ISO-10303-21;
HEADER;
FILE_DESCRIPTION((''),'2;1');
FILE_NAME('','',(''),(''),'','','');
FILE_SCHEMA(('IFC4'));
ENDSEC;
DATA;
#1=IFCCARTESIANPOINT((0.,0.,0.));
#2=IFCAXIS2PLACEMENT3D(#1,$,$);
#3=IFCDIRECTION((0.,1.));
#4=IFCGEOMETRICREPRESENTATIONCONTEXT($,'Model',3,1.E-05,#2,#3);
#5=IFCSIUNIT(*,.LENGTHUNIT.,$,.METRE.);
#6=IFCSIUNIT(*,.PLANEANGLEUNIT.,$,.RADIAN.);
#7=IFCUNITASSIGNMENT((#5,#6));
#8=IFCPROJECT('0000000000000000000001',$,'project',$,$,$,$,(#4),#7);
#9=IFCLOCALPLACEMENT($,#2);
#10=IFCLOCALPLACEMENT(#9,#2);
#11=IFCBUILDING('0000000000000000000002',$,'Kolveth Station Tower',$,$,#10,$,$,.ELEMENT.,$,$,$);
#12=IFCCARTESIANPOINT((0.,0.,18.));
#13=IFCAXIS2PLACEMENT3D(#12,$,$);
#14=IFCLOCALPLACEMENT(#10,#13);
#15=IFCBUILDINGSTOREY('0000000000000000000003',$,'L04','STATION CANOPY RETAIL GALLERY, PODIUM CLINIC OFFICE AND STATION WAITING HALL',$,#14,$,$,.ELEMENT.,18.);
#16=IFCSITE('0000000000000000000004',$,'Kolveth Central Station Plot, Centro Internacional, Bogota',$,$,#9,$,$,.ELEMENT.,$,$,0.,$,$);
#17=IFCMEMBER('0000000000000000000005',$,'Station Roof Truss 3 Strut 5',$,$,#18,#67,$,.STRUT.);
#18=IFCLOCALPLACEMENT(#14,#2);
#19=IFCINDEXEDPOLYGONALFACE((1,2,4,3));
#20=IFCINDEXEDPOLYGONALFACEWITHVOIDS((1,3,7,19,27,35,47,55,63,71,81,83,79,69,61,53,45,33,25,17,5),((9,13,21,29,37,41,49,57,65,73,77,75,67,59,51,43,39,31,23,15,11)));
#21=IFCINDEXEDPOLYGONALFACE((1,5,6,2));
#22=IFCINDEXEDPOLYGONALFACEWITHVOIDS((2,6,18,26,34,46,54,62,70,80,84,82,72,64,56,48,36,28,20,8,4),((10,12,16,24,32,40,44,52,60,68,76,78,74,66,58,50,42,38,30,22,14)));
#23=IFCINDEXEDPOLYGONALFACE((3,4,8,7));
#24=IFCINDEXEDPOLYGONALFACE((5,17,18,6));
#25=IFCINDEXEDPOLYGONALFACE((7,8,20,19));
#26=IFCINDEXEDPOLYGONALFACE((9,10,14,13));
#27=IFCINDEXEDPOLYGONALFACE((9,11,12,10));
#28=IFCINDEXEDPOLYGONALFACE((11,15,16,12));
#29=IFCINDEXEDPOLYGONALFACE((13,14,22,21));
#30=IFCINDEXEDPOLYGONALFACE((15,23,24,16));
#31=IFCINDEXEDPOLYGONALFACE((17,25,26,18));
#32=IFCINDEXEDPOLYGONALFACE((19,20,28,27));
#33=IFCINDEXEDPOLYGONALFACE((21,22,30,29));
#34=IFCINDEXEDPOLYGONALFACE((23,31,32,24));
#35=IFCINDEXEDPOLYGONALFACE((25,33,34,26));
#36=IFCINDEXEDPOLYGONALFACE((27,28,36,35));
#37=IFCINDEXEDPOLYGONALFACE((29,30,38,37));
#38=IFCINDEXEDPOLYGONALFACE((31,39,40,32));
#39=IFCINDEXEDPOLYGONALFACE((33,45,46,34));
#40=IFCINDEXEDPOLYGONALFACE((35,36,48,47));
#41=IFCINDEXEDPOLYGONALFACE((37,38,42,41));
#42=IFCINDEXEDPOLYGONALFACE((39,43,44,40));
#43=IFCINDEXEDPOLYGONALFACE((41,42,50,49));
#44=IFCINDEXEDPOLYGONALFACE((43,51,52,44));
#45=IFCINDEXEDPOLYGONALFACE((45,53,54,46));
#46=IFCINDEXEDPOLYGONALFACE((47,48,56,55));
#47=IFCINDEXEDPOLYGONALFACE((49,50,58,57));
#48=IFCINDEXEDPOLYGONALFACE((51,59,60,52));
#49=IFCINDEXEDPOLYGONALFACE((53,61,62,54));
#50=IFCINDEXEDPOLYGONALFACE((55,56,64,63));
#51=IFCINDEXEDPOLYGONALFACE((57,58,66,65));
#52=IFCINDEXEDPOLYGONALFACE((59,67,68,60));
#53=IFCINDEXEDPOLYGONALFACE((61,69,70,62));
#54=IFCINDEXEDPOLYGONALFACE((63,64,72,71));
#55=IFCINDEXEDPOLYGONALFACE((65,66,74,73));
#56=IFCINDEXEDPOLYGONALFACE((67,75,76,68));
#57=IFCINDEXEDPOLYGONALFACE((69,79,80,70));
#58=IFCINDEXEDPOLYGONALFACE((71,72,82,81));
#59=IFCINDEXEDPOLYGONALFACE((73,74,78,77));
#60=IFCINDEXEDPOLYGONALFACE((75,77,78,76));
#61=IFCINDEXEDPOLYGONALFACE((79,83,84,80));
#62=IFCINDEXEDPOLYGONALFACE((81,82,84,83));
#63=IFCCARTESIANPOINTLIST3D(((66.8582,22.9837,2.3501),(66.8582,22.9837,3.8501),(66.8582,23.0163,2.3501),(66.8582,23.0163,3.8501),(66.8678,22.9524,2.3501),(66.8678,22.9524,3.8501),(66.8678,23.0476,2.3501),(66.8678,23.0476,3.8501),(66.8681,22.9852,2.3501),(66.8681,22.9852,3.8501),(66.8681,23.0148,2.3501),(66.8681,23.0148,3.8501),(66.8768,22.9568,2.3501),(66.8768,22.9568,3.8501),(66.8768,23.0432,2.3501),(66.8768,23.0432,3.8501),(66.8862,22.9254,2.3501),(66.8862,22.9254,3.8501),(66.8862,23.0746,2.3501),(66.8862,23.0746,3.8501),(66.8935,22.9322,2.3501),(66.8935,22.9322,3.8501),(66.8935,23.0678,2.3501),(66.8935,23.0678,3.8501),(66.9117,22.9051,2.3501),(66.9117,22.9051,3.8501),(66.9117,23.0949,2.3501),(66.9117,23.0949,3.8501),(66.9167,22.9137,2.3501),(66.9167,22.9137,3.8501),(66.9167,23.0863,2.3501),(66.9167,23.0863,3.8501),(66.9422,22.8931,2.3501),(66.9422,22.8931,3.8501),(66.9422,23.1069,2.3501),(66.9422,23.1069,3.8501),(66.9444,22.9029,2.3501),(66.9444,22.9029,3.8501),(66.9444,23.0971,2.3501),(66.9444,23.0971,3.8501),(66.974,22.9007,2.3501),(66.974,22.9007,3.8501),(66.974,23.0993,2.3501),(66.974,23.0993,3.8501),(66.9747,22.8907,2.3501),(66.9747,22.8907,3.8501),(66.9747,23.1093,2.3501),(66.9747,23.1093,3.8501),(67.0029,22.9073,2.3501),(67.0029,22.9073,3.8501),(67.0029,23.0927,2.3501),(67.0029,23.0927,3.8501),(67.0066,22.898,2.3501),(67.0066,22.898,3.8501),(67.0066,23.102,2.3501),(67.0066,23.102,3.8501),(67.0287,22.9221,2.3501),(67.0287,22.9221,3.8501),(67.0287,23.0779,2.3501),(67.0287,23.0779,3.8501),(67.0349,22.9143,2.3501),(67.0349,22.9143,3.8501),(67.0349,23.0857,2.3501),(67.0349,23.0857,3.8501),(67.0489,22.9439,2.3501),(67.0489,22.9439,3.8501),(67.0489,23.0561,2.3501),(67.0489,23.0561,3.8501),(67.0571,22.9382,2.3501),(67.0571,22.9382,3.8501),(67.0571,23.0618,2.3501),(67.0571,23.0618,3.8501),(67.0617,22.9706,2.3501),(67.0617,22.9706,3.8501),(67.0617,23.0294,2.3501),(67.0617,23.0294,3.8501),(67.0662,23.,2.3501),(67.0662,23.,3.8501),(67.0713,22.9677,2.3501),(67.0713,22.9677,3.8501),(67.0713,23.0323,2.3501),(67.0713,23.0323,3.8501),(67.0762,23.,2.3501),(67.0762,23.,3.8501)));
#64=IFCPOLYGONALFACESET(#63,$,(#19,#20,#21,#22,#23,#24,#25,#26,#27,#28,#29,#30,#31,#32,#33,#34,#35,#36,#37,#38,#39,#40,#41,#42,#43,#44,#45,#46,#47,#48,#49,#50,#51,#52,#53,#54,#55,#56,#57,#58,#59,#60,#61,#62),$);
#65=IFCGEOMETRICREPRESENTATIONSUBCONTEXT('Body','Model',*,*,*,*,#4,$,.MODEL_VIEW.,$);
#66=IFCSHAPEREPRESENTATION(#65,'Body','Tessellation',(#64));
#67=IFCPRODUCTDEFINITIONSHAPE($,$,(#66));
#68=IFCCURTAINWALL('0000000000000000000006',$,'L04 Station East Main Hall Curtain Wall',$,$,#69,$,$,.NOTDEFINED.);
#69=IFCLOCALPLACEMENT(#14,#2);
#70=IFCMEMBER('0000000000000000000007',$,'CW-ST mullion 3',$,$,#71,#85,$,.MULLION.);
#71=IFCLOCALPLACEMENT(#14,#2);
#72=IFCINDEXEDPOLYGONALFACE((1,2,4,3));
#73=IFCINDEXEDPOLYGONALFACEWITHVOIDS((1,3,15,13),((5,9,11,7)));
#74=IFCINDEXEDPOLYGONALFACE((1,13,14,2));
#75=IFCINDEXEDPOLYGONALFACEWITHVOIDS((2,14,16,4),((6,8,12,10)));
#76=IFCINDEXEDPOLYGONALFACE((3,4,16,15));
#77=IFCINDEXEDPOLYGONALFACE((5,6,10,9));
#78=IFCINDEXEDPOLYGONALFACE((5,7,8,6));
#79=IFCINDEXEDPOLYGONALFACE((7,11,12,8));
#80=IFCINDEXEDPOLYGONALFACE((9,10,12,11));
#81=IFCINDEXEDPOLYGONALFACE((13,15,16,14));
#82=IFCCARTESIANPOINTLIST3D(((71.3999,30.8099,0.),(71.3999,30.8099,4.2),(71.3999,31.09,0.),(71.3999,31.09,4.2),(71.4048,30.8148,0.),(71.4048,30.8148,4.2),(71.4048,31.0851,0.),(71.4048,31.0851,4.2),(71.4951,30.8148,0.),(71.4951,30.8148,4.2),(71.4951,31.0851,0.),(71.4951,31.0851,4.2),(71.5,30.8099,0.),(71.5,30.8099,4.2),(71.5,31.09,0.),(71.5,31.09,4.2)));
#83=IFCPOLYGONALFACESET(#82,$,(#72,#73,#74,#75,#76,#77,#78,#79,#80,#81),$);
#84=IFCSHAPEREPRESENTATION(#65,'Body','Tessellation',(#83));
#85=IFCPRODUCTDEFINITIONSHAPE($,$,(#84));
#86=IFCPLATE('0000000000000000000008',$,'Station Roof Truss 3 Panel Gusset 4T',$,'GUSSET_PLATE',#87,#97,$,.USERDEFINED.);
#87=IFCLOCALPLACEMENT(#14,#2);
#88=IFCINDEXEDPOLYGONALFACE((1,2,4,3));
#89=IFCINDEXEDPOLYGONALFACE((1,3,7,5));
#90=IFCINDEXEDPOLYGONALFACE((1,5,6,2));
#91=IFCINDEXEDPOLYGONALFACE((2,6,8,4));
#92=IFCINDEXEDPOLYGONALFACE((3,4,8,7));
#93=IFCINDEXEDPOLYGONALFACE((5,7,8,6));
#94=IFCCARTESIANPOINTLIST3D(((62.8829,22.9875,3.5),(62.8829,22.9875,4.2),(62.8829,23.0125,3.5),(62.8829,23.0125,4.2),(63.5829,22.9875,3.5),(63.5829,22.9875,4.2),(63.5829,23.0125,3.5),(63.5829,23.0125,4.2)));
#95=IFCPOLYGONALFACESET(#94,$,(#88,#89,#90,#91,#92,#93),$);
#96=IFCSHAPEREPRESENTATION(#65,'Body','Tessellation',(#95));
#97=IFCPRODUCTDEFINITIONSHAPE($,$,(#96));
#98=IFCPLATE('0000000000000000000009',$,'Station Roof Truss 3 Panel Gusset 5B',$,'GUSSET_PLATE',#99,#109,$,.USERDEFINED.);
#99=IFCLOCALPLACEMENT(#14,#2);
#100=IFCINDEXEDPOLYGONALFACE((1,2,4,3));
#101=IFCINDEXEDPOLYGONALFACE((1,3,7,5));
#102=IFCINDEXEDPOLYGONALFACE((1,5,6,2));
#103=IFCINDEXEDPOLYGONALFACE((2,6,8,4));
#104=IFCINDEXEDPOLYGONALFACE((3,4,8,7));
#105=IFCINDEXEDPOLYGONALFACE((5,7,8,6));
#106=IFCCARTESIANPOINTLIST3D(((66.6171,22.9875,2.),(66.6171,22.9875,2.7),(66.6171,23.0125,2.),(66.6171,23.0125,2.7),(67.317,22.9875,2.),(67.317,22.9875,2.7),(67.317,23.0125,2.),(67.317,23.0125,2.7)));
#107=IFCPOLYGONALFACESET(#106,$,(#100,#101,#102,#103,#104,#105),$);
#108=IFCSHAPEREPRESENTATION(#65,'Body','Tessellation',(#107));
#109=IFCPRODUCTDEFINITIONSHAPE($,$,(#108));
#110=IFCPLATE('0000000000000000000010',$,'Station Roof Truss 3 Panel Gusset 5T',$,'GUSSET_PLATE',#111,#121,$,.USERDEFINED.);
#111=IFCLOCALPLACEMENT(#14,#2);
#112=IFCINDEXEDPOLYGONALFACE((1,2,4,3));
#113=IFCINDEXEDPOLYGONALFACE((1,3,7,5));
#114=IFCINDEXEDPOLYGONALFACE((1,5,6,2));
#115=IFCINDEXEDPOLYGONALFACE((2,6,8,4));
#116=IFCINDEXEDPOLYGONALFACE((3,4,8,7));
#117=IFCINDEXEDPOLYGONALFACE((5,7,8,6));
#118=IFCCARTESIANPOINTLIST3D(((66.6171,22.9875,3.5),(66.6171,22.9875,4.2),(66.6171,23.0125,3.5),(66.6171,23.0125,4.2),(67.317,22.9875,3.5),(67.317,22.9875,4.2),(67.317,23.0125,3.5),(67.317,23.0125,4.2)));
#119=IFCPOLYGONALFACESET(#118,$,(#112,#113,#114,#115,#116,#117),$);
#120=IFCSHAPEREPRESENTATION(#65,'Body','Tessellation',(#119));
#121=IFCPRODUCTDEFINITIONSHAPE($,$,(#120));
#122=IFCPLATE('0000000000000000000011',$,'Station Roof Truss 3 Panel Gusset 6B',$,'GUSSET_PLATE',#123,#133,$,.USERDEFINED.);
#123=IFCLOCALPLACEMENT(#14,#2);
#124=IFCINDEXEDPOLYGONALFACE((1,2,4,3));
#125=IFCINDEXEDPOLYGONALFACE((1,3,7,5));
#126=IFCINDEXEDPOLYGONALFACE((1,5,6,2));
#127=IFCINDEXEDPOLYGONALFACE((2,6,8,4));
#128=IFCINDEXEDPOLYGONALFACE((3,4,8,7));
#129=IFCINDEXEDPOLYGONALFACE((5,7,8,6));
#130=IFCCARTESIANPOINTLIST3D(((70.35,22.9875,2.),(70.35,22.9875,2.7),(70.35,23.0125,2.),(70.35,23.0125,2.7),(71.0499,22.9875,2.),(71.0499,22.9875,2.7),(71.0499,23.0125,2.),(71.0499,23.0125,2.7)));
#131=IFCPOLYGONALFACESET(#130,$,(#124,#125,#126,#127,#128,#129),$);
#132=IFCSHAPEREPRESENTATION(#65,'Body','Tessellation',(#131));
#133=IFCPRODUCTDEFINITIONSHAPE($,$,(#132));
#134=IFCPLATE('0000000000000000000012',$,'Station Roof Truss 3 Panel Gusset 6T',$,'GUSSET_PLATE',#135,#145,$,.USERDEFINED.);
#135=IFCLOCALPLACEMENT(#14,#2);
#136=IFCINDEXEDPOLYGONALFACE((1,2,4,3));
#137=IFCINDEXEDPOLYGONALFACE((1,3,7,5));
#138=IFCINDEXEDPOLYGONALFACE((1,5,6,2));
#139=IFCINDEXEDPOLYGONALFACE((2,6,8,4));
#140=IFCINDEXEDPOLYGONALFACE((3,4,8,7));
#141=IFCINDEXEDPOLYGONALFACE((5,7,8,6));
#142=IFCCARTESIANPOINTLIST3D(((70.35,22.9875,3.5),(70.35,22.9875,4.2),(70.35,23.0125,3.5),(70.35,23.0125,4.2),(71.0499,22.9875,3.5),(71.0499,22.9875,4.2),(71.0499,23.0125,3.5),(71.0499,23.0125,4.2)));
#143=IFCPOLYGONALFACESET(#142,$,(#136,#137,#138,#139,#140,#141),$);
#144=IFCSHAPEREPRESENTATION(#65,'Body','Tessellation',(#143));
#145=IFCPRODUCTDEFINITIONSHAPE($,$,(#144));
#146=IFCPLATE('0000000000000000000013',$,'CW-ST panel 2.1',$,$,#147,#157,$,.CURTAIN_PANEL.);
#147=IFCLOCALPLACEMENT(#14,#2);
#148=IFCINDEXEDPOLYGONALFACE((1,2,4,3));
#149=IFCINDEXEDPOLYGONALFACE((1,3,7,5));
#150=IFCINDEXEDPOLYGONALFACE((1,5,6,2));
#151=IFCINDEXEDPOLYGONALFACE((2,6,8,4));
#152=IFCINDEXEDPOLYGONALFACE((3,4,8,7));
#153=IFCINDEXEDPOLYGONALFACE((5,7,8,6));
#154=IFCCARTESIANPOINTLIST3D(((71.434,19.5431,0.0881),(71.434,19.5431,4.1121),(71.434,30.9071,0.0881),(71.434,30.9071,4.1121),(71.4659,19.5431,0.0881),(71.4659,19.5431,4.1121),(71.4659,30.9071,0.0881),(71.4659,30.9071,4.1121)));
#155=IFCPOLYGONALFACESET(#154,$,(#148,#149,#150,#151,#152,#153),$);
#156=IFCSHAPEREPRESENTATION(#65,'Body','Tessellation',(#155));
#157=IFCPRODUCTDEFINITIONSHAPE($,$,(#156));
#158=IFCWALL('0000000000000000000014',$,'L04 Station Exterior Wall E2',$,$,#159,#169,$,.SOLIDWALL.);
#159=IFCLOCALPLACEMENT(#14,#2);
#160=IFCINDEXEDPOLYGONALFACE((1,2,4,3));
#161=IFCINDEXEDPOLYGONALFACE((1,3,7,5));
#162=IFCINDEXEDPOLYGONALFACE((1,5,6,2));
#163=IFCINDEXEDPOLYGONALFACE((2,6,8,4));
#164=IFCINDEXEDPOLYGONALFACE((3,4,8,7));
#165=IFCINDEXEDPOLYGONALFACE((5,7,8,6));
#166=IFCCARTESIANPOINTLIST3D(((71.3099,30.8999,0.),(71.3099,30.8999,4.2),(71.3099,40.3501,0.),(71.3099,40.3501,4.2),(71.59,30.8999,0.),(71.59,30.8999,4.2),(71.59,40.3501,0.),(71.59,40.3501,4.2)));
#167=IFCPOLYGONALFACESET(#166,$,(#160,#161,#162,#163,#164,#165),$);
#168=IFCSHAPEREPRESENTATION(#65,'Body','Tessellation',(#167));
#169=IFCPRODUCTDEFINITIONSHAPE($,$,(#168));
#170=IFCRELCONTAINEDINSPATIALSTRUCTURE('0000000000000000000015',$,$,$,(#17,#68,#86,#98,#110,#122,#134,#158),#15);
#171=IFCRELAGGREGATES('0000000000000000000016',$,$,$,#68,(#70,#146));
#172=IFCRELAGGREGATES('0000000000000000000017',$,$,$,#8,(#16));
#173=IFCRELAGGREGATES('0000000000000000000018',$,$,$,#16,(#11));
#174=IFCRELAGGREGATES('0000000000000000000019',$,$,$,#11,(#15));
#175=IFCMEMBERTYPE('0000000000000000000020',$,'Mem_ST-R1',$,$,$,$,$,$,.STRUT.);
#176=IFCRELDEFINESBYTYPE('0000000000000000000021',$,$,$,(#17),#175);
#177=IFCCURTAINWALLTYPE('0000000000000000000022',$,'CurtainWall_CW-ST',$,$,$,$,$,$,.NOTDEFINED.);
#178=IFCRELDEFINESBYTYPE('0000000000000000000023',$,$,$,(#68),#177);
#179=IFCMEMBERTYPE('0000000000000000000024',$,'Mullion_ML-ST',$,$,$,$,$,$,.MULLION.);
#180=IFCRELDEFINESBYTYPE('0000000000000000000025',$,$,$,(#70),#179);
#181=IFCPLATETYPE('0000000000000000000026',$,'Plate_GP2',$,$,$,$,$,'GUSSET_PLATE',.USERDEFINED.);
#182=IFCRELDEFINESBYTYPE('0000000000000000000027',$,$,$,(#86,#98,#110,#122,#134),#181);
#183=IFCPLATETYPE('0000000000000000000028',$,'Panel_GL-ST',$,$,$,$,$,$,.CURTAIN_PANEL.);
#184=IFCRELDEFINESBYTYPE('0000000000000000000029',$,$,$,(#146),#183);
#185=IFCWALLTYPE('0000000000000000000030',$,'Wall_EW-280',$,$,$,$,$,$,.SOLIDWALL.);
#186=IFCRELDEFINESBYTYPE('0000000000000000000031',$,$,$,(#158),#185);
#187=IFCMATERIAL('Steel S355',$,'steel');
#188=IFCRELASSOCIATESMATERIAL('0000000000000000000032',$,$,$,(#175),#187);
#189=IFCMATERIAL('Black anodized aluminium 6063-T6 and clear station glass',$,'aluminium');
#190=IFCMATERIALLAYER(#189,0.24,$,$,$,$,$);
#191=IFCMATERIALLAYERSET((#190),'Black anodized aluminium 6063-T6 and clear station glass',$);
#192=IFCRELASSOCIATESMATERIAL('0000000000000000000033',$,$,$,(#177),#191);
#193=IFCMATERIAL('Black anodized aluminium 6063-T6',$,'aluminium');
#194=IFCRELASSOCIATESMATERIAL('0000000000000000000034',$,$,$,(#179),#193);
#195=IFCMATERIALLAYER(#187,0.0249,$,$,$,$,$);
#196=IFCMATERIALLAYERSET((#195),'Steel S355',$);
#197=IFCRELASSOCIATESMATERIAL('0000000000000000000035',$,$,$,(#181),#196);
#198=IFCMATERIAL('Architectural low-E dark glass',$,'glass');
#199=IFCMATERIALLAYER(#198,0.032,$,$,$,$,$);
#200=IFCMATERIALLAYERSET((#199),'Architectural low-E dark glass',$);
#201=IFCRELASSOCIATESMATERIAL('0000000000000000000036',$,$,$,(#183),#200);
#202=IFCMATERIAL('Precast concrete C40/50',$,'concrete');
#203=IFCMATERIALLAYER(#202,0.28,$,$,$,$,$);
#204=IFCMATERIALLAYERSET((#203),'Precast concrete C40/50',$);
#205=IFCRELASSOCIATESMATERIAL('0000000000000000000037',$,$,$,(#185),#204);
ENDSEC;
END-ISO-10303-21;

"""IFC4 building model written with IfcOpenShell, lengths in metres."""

from ifc_helpers import new_model, si_unit, direction, frame, frame_2d, origin, origin_2d, place, context, subcontext, project, spatial, rectangle, hollow_rectangle, hollow_circle, extrude, source, transform, mapped, material, layer, layer_set, material_profile, profile_set, type_object, element, aggregate, save


model = new_model("IFC4")

# Units and contexts
model_context = context("Model", 3, precision=1e-05, world=origin(), true_north=direction((0.0, 1.0)))
body_context = subcontext(model_context, "Body", "Model", "MODEL_VIEW")
ifc_project = project(units=[si_unit("LENGTHUNIT", "METRE"), si_unit("PLANEANGLEUNIT", "RADIAN")], contexts=[model_context])

# Site, building, storey
site_placement = place(None, origin())
site = spatial("IfcSite", under=ifc_project, at=site_placement, Name="Kolveth Central Station Plot, Centro Internacional, Bogota", CompositionType="ELEMENT", RefElevation=0.0)
building_placement = place(site_placement, origin())
building = spatial("IfcBuilding", under=site, at=building_placement, Name="Kolveth Station Tower", CompositionType="ELEMENT")
storey_placement = place(building_placement, frame((0.0, 0.0, 18.0)))
storey = spatial("IfcBuildingStorey", under=building, at=storey_placement, Name="L04", Description="STATION CANOPY RETAIL GALLERY, PODIUM CLINIC OFFICE AND STATION WAITING HALL", CompositionType="ELEMENT", Elevation=18.0)

# Shared definitions
ifc_material_1 = material(Name="Steel S355", Category="steel")

# Member
ifc_material_profile_1 = material_profile(ifc_material_1, hollow_circle(Radius=0.1096, WallThickness=0.01, at=origin_2d()), Name="CHS219x10")
ifc_profile_set_1 = profile_set([ifc_material_profile_1], Name="Steel S355")
member_type_1 = type_object("IfcMemberType", Name="Mem_ST-R1", PredefinedType="STRUT", material=ifc_profile_set_1)
shared_shape_1 = source(origin(), body_context, "Body", "SweptSolid", [
    extrude(hollow_circle(Radius=0.1096, WallThickness=0.01, at=origin_2d()), origin(), (0.0, 0.0, 1.0), 1.5),
])
for number, where, z_axis, x_axis, name in (
    (1, (66.9666, 23.0, 2.3501), (0.0, 0.0, 1.0), (1.0, 0.0, 0.0), "Station Roof Truss 3 Strut 5"),
):
    element("IfcMember", number, at=place(storey_placement, frame(where, z_axis=z_axis, x_axis=x_axis)), inside=storey, type_object=member_type_1, Name=name, PredefinedType="STRUT", context=body_context, shape_type="MappedRepresentation", body=[
        mapped(shared_shape_1, transform((0.0, 0.0, 0.0), x_axis=(1.0, 0.0, 0.0), y_axis=(0.0, 1.0, 0.0), z_axis=(0.0, 0.0, 1.0), scale=1.0)),
    ])

# Curtain wall, member
ifc_material_2 = material(Name="Black anodized aluminium 6063-T6 and clear station glass", Category="aluminium")
ifc_layer_1 = layer(ifc_material_2, 0.24)
ifc_layer_set_1 = layer_set([ifc_layer_1], Name="Black anodized aluminium 6063-T6 and clear station glass")
curtain_wall_type = type_object("IfcCurtainWallType", Name="CurtainWall_CW-ST", PredefinedType="NOTDEFINED", material=ifc_layer_set_1)
curtain_wall_placement = place(storey_placement, origin())
curtain_wall = element("IfcCurtainWall", 2, at=curtain_wall_placement, inside=storey, type_object=curtain_wall_type, Name="L04 Station East Main Hall Curtain Wall", PredefinedType="NOTDEFINED")
ifc_material_3 = material(Name="Black anodized aluminium 6063-T6", Category="aluminium")
ifc_material_profile_2 = material_profile(ifc_material_3, hollow_rectangle(XDim=0.1001, YDim=0.28, WallThickness=0.0049, at=origin_2d()), Name="ALU-100x280x5")
ifc_profile_set_2 = profile_set([ifc_material_profile_2], Name="Black anodized aluminium 6063-T6")
member_type_2 = type_object("IfcMemberType", Name="Mullion_ML-ST", PredefinedType="MULLION", material=ifc_profile_set_2)
shared_shape_2 = source(origin(), body_context, "Body", "SweptSolid", [
    extrude(hollow_rectangle(XDim=0.1001, YDim=0.28, WallThickness=0.0049, at=origin_2d()), origin(), (0.0, 0.0, 1.0), 4.2),
])
member_1_placement = place(storey_placement, frame((71.45, 30.95, 0.0), z_axis=(0.0, 0.0, 1.0), x_axis=(-1.0, 0.0, 0.0)))
member_1 = element("IfcMember", 3, at=member_1_placement, type_object=member_type_2, Name="CW-ST mullion 3", PredefinedType="MULLION", context=body_context, shape_type="MappedRepresentation", body=[
    mapped(shared_shape_2, transform((0.0, 0.0, 0.0), x_axis=(1.0, 0.0, 0.0), y_axis=(0.0, 1.0, 0.0), z_axis=(0.0, 0.0, 1.0), scale=1.0)),
])

# Plates
ifc_layer_2 = layer(ifc_material_1, 0.0249)
ifc_layer_set_2 = layer_set([ifc_layer_2], Name="Steel S355")
plate_type_1 = type_object("IfcPlateType", Name="Plate_GP2", ElementType="GUSSET_PLATE", PredefinedType="USERDEFINED", material=ifc_layer_set_2)
shared_shape_3 = source(origin(), body_context, "Body", "SweptSolid", [
    extrude(rectangle(XDim=0.7, YDim=0.0249, at=origin_2d()), origin(), (0.0, 0.0, 1.0), 0.7),
])
for number, where, z_axis, x_axis, name in (
    (4, (63.2329, 23.0, 3.5), (0.0, 0.0, 1.0), (1.0, 0.0, 0.0), "Station Roof Truss 3 Panel Gusset 4T"),
    (5, (66.967, 23.0, 2.0), (0.0, 0.0, 1.0), (1.0, 0.0, 0.0), "Station Roof Truss 3 Panel Gusset 5B"),
    (6, (66.967, 23.0, 3.5), (0.0, 0.0, 1.0), (1.0, 0.0, 0.0), "Station Roof Truss 3 Panel Gusset 5T"),
    (7, (70.7, 23.0, 2.0), (0.0, 0.0, 1.0), (1.0, 0.0, 0.0), "Station Roof Truss 3 Panel Gusset 6B"),
    (8, (70.7, 23.0, 3.5), (0.0, 0.0, 1.0), (1.0, 0.0, 0.0), "Station Roof Truss 3 Panel Gusset 6T"),
):
    element("IfcPlate", number, at=place(storey_placement, frame(where, z_axis=z_axis, x_axis=x_axis)), inside=storey, type_object=plate_type_1, Name=name, ObjectType="GUSSET_PLATE", PredefinedType="USERDEFINED", context=body_context, shape_type="MappedRepresentation", body=[
        mapped(shared_shape_3, transform((0.0, 0.0, 0.0), x_axis=(1.0, 0.0, 0.0), y_axis=(0.0, 1.0, 0.0), z_axis=(0.0, 0.0, 1.0), scale=1.0)),
    ])

# Plate
ifc_material_4 = material(Name="Architectural low-E dark glass", Category="glass")
ifc_layer_3 = layer(ifc_material_4, 0.032)
ifc_layer_set_3 = layer_set([ifc_layer_3], Name="Architectural low-E dark glass")
plate_type_2 = type_object("IfcPlateType", Name="Panel_GL-ST", PredefinedType="CURTAIN_PANEL", material=ifc_layer_set_3)
shared_shape_4 = source(origin(), body_context, "Body", "SweptSolid", [
    extrude(rectangle(XDim=11.364, YDim=0.032, at=origin_2d()), origin(), (0.0, 0.0, 1.0), 4.0239),
])
plate_placement = place(storey_placement, frame((71.45, 25.2251, 0.0881), z_axis=(0.0, 0.0, 1.0), x_axis=(0.0, 1.0, 0.0)))
plate = element("IfcPlate", 9, at=plate_placement, type_object=plate_type_2, Name="CW-ST panel 2.1", PredefinedType="CURTAIN_PANEL", context=body_context, shape_type="MappedRepresentation", body=[
    mapped(shared_shape_4, transform((0.0, 0.0, 0.0), x_axis=(1.0, 0.0, 0.0), y_axis=(0.0, 1.0, 0.0), z_axis=(0.0, 0.0, 1.0), scale=1.0)),
])
aggregate(curtain_wall, [member_1, plate])

# Wall
ifc_material_5 = material(Name="Precast concrete C40/50", Category="concrete")
ifc_layer_4 = layer(ifc_material_5, 0.28)
ifc_layer_set_4 = layer_set([ifc_layer_4], Name="Precast concrete C40/50")
wall_type_1 = type_object("IfcWallType", Name="Wall_EW-280", PredefinedType="SOLIDWALL", material=ifc_layer_set_4)
wall_1_placement = place(storey_placement, frame((71.45, 30.8999, 0.0), z_axis=(0.0, 0.0, 1.0), x_axis=(0.0, 1.0, 0.0)))
element("IfcWall", 10, at=wall_1_placement, inside=storey, type_object=wall_type_1, Name="L04 Station Exterior Wall E2", PredefinedType="SOLIDWALL", context=body_context, shape_type="SweptSolid", body=[
    extrude(rectangle(XDim=9.4502, YDim=0.28, at=frame_2d((4.7251, 0.0))), origin(), (0.0, 0.0, 1.0), 4.2),
])

save(model, "model.ifc")
